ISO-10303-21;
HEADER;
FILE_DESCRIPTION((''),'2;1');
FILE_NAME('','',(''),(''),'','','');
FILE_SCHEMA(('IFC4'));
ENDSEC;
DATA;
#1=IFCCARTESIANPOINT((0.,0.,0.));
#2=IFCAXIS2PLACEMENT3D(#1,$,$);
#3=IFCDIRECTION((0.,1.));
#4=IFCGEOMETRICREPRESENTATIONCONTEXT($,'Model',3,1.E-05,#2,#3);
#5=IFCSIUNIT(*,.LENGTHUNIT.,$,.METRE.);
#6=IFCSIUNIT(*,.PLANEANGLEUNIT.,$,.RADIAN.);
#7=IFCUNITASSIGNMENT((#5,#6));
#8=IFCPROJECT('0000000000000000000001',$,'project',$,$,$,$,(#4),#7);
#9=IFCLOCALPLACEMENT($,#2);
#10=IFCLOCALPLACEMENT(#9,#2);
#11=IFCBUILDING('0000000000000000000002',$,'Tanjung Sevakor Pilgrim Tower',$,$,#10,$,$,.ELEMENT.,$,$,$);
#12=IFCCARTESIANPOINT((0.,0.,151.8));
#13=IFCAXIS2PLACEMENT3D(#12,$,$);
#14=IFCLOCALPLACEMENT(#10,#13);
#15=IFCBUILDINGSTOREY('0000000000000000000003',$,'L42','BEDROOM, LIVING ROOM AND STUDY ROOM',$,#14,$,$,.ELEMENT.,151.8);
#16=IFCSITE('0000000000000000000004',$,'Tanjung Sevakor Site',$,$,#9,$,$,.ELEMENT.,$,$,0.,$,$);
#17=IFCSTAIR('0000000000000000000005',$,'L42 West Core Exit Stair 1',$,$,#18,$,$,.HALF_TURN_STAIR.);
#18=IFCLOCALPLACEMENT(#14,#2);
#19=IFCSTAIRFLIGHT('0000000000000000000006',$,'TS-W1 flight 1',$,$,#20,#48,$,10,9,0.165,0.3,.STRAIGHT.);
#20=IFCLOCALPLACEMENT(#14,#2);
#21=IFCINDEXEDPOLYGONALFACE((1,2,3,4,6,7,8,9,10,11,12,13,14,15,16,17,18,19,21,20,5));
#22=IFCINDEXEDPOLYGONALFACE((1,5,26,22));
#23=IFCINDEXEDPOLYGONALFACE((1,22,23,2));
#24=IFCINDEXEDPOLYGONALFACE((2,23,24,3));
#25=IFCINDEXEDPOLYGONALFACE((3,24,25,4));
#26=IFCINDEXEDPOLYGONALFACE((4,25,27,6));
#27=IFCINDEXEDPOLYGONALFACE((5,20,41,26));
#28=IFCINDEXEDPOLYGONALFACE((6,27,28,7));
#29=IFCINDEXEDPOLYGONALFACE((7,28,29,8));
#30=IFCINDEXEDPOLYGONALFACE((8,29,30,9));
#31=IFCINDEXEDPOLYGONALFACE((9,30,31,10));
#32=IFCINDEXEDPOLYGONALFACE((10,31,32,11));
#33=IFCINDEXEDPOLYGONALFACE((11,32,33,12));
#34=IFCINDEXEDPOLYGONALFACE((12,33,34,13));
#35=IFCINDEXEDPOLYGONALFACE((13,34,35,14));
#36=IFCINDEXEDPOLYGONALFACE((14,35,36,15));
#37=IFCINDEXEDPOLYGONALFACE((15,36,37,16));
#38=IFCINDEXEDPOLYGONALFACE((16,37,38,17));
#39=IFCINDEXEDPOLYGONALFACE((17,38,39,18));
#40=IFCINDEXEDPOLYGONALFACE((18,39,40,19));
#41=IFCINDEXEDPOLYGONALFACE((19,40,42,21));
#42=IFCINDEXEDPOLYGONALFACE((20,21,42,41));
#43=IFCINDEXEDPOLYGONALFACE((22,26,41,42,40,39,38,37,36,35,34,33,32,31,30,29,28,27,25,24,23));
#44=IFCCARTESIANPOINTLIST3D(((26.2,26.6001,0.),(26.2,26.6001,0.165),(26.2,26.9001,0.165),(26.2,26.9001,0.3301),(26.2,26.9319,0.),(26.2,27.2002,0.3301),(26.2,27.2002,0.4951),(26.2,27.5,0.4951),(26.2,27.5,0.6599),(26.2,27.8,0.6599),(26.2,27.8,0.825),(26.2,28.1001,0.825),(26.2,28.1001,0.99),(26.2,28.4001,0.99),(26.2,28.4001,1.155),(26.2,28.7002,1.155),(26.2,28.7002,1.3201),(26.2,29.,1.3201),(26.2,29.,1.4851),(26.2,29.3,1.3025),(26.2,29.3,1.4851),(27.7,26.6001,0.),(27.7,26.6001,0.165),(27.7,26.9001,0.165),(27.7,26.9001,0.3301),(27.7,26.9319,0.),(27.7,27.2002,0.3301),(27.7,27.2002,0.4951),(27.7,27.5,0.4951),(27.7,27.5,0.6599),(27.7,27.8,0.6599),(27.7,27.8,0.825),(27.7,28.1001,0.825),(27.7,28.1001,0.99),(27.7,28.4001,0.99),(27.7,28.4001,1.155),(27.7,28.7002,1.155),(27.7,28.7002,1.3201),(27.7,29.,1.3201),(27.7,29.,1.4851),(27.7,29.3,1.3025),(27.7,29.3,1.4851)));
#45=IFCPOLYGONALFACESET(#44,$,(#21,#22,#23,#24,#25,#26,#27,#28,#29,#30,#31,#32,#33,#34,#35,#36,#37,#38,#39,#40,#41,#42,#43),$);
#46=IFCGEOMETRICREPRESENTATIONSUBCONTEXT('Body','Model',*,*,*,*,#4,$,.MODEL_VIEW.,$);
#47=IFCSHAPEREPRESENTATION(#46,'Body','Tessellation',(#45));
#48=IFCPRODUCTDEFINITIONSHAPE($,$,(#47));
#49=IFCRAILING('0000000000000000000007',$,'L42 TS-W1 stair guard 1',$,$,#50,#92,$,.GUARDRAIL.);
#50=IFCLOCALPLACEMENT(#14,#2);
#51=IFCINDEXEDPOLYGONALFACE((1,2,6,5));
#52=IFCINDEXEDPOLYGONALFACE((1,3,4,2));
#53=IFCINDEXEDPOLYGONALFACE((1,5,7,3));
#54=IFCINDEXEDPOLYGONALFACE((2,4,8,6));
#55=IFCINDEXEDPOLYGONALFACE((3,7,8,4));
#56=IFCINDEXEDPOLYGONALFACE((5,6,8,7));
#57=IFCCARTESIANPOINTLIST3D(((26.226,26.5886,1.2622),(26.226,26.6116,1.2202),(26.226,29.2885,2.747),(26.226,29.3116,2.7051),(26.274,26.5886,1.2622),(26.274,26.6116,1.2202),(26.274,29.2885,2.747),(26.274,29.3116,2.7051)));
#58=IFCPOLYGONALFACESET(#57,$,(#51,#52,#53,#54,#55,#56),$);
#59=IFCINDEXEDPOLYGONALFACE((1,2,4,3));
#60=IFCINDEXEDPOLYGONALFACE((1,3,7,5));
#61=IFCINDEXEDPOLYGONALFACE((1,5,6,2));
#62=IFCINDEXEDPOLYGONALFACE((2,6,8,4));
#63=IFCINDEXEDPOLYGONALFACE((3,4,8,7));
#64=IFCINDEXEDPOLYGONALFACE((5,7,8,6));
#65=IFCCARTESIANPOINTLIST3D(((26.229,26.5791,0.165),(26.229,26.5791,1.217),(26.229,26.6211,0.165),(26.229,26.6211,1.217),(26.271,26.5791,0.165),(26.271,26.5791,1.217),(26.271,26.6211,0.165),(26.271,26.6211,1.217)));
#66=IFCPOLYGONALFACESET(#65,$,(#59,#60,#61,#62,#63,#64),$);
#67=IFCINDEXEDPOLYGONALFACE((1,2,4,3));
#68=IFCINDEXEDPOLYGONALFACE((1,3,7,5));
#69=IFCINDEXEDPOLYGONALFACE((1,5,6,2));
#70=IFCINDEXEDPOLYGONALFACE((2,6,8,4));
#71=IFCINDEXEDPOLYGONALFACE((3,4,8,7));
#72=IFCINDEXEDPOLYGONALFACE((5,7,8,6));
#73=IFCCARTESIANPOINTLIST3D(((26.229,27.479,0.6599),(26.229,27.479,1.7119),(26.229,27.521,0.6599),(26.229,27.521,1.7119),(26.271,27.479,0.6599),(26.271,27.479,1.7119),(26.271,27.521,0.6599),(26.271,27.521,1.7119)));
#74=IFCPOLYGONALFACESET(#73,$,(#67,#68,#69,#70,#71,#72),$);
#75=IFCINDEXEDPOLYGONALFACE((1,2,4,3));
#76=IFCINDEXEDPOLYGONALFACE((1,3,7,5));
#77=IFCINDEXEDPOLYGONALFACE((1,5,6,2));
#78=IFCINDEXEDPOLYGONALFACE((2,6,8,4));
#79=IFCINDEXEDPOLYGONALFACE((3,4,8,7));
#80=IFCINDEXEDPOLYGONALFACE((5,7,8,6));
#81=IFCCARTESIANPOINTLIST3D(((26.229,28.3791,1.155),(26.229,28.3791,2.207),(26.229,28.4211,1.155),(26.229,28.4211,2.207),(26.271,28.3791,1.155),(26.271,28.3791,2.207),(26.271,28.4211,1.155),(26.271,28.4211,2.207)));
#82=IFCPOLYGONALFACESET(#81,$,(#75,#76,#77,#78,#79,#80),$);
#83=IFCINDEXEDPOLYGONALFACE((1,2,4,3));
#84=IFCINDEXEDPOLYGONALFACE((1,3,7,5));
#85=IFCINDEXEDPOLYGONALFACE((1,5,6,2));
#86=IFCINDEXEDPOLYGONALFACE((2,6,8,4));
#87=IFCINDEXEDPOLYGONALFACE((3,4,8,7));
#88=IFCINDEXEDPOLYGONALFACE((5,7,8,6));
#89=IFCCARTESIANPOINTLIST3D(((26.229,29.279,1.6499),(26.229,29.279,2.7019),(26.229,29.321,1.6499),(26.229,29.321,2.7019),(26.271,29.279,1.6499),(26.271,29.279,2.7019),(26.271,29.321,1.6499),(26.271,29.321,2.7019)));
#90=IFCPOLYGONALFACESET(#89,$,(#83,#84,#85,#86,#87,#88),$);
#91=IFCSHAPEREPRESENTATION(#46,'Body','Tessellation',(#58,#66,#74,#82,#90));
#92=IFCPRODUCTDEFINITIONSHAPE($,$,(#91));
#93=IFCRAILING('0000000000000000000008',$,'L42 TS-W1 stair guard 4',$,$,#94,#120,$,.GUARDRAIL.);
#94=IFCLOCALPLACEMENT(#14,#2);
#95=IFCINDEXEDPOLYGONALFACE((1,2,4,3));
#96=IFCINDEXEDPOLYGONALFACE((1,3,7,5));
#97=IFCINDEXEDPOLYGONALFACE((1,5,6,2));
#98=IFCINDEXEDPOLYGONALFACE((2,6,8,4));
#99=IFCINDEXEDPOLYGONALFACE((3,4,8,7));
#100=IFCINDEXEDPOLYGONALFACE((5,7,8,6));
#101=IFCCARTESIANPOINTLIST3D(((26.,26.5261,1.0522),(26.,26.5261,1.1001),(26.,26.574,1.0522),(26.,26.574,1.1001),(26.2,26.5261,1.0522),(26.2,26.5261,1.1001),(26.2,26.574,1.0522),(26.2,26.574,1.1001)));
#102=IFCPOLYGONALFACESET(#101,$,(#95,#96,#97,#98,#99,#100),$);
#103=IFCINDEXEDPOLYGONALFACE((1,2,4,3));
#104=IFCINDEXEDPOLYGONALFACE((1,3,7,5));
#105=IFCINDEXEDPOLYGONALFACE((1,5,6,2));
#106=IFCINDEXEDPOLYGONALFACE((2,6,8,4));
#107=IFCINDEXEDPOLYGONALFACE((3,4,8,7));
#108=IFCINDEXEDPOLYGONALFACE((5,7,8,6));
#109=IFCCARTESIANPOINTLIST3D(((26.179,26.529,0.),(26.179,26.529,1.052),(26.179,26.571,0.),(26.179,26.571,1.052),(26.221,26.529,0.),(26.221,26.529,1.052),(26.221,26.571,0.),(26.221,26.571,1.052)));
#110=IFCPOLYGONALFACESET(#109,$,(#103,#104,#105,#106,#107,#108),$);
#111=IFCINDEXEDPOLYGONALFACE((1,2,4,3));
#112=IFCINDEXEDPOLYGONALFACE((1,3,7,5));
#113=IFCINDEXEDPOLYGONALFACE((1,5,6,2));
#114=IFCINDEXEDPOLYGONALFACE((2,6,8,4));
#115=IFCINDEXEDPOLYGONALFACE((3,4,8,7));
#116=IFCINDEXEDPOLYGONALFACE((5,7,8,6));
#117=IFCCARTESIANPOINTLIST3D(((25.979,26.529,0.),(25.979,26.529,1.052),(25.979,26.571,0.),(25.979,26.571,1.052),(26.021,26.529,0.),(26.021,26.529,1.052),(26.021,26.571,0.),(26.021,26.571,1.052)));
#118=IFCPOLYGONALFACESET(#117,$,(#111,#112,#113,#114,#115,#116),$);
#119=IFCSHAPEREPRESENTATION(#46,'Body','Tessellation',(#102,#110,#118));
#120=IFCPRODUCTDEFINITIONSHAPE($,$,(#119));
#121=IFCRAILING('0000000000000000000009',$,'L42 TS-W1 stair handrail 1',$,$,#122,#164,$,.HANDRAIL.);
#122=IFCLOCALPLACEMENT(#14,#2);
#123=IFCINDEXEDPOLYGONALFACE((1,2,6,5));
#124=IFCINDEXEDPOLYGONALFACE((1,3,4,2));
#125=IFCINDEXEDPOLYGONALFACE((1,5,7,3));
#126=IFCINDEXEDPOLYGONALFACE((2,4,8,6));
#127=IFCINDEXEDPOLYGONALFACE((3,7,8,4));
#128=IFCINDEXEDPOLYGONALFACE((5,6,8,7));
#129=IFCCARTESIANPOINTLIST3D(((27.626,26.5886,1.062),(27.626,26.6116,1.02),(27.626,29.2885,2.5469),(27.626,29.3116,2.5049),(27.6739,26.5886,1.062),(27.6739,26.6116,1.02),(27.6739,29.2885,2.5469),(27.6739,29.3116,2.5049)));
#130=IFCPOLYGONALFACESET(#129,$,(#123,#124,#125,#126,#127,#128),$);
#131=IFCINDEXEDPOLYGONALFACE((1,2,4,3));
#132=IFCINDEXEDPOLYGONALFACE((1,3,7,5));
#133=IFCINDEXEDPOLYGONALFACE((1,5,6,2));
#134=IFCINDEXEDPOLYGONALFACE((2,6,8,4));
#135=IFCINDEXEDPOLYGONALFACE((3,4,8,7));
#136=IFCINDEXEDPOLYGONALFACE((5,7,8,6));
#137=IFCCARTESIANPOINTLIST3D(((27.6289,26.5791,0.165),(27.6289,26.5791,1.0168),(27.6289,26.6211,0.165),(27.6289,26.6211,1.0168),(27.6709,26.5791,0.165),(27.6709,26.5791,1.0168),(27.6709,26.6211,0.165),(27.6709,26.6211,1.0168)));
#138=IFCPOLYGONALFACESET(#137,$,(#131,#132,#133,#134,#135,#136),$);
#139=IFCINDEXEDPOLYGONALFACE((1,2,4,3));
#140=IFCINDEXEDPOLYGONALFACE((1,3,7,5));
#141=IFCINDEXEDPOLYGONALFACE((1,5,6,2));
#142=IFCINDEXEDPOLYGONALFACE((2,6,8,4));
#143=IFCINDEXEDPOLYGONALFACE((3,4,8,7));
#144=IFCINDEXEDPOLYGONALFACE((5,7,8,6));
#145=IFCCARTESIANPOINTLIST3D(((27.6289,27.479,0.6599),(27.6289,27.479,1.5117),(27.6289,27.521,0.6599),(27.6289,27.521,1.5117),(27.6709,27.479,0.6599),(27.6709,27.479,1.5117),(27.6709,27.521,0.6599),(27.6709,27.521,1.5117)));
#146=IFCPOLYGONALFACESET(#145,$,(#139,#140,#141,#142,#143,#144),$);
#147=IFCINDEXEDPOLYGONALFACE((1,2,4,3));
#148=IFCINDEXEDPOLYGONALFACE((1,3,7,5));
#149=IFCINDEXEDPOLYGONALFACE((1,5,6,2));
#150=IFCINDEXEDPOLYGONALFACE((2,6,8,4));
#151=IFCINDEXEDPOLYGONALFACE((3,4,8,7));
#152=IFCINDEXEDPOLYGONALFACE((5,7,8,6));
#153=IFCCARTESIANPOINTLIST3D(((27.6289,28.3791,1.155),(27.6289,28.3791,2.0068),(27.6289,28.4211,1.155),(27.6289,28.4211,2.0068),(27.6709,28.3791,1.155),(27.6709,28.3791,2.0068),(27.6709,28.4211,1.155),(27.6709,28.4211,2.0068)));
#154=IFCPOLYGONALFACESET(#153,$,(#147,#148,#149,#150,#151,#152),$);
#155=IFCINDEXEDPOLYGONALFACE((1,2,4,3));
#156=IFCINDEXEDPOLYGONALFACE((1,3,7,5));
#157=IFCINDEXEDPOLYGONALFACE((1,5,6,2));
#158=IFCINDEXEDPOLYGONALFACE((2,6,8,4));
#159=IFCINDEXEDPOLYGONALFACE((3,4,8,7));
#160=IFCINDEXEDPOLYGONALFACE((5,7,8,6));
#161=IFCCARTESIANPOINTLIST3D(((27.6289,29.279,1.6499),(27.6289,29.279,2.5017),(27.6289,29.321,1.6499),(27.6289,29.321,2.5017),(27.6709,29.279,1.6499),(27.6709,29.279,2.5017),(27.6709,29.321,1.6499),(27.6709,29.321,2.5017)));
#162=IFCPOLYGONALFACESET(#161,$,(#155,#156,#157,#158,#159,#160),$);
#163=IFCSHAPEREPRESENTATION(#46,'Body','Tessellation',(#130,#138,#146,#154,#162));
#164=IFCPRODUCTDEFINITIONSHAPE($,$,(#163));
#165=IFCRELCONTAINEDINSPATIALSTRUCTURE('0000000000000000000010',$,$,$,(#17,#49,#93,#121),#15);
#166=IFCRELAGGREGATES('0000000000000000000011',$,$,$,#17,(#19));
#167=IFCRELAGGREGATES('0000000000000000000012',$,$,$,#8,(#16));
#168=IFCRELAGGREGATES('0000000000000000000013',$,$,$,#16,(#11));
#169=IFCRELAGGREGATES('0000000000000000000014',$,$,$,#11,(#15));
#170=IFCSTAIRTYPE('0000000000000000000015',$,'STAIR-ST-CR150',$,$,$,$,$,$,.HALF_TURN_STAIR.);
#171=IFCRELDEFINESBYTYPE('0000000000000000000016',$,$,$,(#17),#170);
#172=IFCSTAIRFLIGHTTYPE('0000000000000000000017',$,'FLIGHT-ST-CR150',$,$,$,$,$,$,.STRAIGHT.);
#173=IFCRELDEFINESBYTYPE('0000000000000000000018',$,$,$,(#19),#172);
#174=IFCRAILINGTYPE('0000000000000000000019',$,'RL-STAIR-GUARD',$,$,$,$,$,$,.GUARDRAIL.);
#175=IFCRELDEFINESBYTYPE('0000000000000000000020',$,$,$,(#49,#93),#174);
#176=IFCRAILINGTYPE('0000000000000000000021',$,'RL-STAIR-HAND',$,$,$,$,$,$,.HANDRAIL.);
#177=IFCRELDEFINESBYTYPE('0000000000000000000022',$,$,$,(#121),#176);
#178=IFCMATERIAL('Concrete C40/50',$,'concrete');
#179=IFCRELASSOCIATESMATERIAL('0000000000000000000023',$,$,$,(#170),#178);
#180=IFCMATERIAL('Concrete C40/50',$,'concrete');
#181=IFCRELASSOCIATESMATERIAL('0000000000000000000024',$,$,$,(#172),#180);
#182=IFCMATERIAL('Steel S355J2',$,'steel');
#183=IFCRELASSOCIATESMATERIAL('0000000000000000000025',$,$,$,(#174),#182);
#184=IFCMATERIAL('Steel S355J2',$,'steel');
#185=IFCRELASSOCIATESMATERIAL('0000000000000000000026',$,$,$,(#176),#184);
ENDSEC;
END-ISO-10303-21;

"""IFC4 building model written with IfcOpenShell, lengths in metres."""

from ifc_helpers import new_model, si_unit, direction, frame, origin, place, context, subcontext, project, spatial, polyline, rectangle, outline, extrude, material, type_object, element, aggregate, save


model = new_model("IFC4")

# Units and contexts
model_context = context("Model", 3, precision=1e-05, world=origin(), true_north=direction((0.0, 1.0)))
body_context = subcontext(model_context, "Body", "Model", "MODEL_VIEW")
ifc_project = project(units=[si_unit("LENGTHUNIT", "METRE"), si_unit("PLANEANGLEUNIT", "RADIAN")], contexts=[model_context])

# Site, building, storey
site_placement = place(None, origin())
site = spatial("IfcSite", under=ifc_project, at=site_placement, Name="Tanjung Sevakor Site", CompositionType="ELEMENT", RefElevation=0.0)
building_placement = place(site_placement, origin())
building = spatial("IfcBuilding", under=site, at=building_placement, Name="Tanjung Sevakor Pilgrim Tower", CompositionType="ELEMENT")
storey_placement = place(building_placement, frame((0.0, 0.0, 151.8)))
storey = spatial("IfcBuildingStorey", under=building, at=storey_placement, Name="L42", Description="BEDROOM, LIVING ROOM AND STUDY ROOM", CompositionType="ELEMENT", Elevation=151.8)

# Stair, stair flight
ifc_material_1 = material(Name="Concrete C40/50", Category="concrete")
stair_type = type_object("IfcStairType", Name="STAIR-ST-CR150", PredefinedType="HALF_TURN_STAIR", material=ifc_material_1)
stair_placement = place(storey_placement, origin())
stair = element("IfcStair", 1, at=stair_placement, inside=storey, type_object=stair_type, Name="L42 West Core Exit Stair 1", PredefinedType="HALF_TURN_STAIR")
ifc_material_2 = material(Name="Concrete C40/50", Category="concrete")
stair_flight_type = type_object("IfcStairFlightType", Name="FLIGHT-ST-CR150", PredefinedType="STRAIGHT", material=ifc_material_2)
stair_flight_placement = place(storey_placement, frame((26.95, 26.6001, 0.0), z_axis=(0.0, 0.0, 1.0), x_axis=(0.0, 1.0, 0.0)))
stair_flight = element("IfcStairFlight", 2, at=stair_flight_placement, type_object=stair_flight_type, Name="TS-W1 flight 1", NumberOfRisers=10, NumberOfTreads=9, PredefinedType="STRAIGHT", RiserHeight=0.165, TreadLength=0.3, context=body_context, shape_type="SweptSolid", body=[
    extrude(outline(polyline([(0.0, 0.0), (0.0, 0.165), (0.3, 0.165), (0.3, 0.3301), (0.6001, 0.3301), (0.6001, 0.4951), (0.8999, 0.4951), (0.8999, 0.6599), (1.2, 0.6599), (1.2, 0.825), (1.5, 0.825), (1.5, 0.99), (1.8, 0.99), (1.8, 1.155), (2.1001, 1.155), (2.1001, 1.3201), (2.3999, 1.3201), (2.3999, 1.4851), (2.7, 1.4851), (2.7, 1.6499), (2.7, 1.3025), (0.3318, 0.0), (0.0, 0.0)])), frame((0.0, 0.75, 0.0), z_axis=(0.0, -1.0, 0.0), x_axis=(1.0, 0.0, 0.0)), (0.0, 0.0, 1.0), 1.5),
])
aggregate(stair, [stair_flight])

# Railings
ifc_material_3 = material(Name="Steel S355J2", Category="steel")
railing_type_1 = type_object("IfcRailingType", Name="RL-STAIR-GUARD", PredefinedType="GUARDRAIL", material=ifc_material_3)
railing_1_placement = place(storey_placement, frame((26.25, 26.6001, 0.165)))
element("IfcRailing", 3, at=railing_1_placement, inside=storey, type_object=railing_type_1, Name="L42 TS-W1 stair guard 1", PredefinedType="GUARDRAIL", context=body_context, shape_type="SweptSolid", body=[
    extrude(rectangle(XDim=0.0479, YDim=0.0479), frame((0.0, 0.0, 1.0762), z_axis=(0.0, 0.876231, 0.481891), x_axis=(-1.0, 0.0, 0.0)), (0.0, 0.0, 1.0), 3.0813),
    extrude(rectangle(XDim=0.042, YDim=0.042), origin(), (0.0, 0.0, 1.0), 1.052),
    extrude(rectangle(XDim=0.042, YDim=0.042), frame((0.0, 0.8999, 0.4949)), (0.0, 0.0, 1.0), 1.052),
    extrude(rectangle(XDim=0.042, YDim=0.042), frame((0.0, 1.8, 0.99)), (0.0, 0.0, 1.0), 1.052),
    extrude(rectangle(XDim=0.042, YDim=0.042), frame((0.0, 2.7, 1.4849)), (0.0, 0.0, 1.0), 1.052),
])
railing_2_placement = place(storey_placement, frame((26.2, 26.55, 0.0)))
element("IfcRailing", 4, at=railing_2_placement, inside=storey, type_object=railing_type_1, Name="L42 TS-W1 stair guard 4", PredefinedType="GUARDRAIL", context=body_context, shape_type="SweptSolid", body=[
    extrude(rectangle(XDim=0.0479, YDim=0.0479), frame((0.0, 0.0, 1.0762), z_axis=(-1.0, 0.0, 0.0), x_axis=(0.0, -1.0, 0.0)), (0.0, 0.0, 1.0), 0.2),
    extrude(rectangle(XDim=0.042, YDim=0.042), origin(), (0.0, 0.0, 1.0), 1.052),
    extrude(rectangle(XDim=0.042, YDim=0.042), frame((-0.2, 0.0, 0.0)), (0.0, 0.0, 1.0), 1.052),
])
ifc_material_4 = material(Name="Steel S355J2", Category="steel")
railing_type_2 = type_object("IfcRailingType", Name="RL-STAIR-HAND", PredefinedType="HANDRAIL", material=ifc_material_4)
railing_3_placement = place(storey_placement, frame((27.6499, 26.6001, 0.165)))
element("IfcRailing", 5, at=railing_3_placement, inside=storey, type_object=railing_type_2, Name="L42 TS-W1 stair handrail 1", PredefinedType="HANDRAIL", context=body_context, shape_type="SweptSolid", body=[
    extrude(rectangle(XDim=0.0479, YDim=0.0479), frame((0.0, 0.0, 0.876), z_axis=(0.0, 0.876231, 0.481891), x_axis=(-1.0, 0.0, 0.0)), (0.0, 0.0, 1.0), 3.0813),
    extrude(rectangle(XDim=0.042, YDim=0.042), origin(), (0.0, 0.0, 1.0), 0.8518),
    extrude(rectangle(XDim=0.042, YDim=0.042), frame((0.0, 0.8999, 0.4949)), (0.0, 0.0, 1.0), 0.8518),
    extrude(rectangle(XDim=0.042, YDim=0.042), frame((0.0, 1.8, 0.99)), (0.0, 0.0, 1.0), 0.8518),
    extrude(rectangle(XDim=0.042, YDim=0.042), frame((0.0, 2.7, 1.4849)), (0.0, 0.0, 1.0), 0.8518),
])

save(model, "model.ifc")
